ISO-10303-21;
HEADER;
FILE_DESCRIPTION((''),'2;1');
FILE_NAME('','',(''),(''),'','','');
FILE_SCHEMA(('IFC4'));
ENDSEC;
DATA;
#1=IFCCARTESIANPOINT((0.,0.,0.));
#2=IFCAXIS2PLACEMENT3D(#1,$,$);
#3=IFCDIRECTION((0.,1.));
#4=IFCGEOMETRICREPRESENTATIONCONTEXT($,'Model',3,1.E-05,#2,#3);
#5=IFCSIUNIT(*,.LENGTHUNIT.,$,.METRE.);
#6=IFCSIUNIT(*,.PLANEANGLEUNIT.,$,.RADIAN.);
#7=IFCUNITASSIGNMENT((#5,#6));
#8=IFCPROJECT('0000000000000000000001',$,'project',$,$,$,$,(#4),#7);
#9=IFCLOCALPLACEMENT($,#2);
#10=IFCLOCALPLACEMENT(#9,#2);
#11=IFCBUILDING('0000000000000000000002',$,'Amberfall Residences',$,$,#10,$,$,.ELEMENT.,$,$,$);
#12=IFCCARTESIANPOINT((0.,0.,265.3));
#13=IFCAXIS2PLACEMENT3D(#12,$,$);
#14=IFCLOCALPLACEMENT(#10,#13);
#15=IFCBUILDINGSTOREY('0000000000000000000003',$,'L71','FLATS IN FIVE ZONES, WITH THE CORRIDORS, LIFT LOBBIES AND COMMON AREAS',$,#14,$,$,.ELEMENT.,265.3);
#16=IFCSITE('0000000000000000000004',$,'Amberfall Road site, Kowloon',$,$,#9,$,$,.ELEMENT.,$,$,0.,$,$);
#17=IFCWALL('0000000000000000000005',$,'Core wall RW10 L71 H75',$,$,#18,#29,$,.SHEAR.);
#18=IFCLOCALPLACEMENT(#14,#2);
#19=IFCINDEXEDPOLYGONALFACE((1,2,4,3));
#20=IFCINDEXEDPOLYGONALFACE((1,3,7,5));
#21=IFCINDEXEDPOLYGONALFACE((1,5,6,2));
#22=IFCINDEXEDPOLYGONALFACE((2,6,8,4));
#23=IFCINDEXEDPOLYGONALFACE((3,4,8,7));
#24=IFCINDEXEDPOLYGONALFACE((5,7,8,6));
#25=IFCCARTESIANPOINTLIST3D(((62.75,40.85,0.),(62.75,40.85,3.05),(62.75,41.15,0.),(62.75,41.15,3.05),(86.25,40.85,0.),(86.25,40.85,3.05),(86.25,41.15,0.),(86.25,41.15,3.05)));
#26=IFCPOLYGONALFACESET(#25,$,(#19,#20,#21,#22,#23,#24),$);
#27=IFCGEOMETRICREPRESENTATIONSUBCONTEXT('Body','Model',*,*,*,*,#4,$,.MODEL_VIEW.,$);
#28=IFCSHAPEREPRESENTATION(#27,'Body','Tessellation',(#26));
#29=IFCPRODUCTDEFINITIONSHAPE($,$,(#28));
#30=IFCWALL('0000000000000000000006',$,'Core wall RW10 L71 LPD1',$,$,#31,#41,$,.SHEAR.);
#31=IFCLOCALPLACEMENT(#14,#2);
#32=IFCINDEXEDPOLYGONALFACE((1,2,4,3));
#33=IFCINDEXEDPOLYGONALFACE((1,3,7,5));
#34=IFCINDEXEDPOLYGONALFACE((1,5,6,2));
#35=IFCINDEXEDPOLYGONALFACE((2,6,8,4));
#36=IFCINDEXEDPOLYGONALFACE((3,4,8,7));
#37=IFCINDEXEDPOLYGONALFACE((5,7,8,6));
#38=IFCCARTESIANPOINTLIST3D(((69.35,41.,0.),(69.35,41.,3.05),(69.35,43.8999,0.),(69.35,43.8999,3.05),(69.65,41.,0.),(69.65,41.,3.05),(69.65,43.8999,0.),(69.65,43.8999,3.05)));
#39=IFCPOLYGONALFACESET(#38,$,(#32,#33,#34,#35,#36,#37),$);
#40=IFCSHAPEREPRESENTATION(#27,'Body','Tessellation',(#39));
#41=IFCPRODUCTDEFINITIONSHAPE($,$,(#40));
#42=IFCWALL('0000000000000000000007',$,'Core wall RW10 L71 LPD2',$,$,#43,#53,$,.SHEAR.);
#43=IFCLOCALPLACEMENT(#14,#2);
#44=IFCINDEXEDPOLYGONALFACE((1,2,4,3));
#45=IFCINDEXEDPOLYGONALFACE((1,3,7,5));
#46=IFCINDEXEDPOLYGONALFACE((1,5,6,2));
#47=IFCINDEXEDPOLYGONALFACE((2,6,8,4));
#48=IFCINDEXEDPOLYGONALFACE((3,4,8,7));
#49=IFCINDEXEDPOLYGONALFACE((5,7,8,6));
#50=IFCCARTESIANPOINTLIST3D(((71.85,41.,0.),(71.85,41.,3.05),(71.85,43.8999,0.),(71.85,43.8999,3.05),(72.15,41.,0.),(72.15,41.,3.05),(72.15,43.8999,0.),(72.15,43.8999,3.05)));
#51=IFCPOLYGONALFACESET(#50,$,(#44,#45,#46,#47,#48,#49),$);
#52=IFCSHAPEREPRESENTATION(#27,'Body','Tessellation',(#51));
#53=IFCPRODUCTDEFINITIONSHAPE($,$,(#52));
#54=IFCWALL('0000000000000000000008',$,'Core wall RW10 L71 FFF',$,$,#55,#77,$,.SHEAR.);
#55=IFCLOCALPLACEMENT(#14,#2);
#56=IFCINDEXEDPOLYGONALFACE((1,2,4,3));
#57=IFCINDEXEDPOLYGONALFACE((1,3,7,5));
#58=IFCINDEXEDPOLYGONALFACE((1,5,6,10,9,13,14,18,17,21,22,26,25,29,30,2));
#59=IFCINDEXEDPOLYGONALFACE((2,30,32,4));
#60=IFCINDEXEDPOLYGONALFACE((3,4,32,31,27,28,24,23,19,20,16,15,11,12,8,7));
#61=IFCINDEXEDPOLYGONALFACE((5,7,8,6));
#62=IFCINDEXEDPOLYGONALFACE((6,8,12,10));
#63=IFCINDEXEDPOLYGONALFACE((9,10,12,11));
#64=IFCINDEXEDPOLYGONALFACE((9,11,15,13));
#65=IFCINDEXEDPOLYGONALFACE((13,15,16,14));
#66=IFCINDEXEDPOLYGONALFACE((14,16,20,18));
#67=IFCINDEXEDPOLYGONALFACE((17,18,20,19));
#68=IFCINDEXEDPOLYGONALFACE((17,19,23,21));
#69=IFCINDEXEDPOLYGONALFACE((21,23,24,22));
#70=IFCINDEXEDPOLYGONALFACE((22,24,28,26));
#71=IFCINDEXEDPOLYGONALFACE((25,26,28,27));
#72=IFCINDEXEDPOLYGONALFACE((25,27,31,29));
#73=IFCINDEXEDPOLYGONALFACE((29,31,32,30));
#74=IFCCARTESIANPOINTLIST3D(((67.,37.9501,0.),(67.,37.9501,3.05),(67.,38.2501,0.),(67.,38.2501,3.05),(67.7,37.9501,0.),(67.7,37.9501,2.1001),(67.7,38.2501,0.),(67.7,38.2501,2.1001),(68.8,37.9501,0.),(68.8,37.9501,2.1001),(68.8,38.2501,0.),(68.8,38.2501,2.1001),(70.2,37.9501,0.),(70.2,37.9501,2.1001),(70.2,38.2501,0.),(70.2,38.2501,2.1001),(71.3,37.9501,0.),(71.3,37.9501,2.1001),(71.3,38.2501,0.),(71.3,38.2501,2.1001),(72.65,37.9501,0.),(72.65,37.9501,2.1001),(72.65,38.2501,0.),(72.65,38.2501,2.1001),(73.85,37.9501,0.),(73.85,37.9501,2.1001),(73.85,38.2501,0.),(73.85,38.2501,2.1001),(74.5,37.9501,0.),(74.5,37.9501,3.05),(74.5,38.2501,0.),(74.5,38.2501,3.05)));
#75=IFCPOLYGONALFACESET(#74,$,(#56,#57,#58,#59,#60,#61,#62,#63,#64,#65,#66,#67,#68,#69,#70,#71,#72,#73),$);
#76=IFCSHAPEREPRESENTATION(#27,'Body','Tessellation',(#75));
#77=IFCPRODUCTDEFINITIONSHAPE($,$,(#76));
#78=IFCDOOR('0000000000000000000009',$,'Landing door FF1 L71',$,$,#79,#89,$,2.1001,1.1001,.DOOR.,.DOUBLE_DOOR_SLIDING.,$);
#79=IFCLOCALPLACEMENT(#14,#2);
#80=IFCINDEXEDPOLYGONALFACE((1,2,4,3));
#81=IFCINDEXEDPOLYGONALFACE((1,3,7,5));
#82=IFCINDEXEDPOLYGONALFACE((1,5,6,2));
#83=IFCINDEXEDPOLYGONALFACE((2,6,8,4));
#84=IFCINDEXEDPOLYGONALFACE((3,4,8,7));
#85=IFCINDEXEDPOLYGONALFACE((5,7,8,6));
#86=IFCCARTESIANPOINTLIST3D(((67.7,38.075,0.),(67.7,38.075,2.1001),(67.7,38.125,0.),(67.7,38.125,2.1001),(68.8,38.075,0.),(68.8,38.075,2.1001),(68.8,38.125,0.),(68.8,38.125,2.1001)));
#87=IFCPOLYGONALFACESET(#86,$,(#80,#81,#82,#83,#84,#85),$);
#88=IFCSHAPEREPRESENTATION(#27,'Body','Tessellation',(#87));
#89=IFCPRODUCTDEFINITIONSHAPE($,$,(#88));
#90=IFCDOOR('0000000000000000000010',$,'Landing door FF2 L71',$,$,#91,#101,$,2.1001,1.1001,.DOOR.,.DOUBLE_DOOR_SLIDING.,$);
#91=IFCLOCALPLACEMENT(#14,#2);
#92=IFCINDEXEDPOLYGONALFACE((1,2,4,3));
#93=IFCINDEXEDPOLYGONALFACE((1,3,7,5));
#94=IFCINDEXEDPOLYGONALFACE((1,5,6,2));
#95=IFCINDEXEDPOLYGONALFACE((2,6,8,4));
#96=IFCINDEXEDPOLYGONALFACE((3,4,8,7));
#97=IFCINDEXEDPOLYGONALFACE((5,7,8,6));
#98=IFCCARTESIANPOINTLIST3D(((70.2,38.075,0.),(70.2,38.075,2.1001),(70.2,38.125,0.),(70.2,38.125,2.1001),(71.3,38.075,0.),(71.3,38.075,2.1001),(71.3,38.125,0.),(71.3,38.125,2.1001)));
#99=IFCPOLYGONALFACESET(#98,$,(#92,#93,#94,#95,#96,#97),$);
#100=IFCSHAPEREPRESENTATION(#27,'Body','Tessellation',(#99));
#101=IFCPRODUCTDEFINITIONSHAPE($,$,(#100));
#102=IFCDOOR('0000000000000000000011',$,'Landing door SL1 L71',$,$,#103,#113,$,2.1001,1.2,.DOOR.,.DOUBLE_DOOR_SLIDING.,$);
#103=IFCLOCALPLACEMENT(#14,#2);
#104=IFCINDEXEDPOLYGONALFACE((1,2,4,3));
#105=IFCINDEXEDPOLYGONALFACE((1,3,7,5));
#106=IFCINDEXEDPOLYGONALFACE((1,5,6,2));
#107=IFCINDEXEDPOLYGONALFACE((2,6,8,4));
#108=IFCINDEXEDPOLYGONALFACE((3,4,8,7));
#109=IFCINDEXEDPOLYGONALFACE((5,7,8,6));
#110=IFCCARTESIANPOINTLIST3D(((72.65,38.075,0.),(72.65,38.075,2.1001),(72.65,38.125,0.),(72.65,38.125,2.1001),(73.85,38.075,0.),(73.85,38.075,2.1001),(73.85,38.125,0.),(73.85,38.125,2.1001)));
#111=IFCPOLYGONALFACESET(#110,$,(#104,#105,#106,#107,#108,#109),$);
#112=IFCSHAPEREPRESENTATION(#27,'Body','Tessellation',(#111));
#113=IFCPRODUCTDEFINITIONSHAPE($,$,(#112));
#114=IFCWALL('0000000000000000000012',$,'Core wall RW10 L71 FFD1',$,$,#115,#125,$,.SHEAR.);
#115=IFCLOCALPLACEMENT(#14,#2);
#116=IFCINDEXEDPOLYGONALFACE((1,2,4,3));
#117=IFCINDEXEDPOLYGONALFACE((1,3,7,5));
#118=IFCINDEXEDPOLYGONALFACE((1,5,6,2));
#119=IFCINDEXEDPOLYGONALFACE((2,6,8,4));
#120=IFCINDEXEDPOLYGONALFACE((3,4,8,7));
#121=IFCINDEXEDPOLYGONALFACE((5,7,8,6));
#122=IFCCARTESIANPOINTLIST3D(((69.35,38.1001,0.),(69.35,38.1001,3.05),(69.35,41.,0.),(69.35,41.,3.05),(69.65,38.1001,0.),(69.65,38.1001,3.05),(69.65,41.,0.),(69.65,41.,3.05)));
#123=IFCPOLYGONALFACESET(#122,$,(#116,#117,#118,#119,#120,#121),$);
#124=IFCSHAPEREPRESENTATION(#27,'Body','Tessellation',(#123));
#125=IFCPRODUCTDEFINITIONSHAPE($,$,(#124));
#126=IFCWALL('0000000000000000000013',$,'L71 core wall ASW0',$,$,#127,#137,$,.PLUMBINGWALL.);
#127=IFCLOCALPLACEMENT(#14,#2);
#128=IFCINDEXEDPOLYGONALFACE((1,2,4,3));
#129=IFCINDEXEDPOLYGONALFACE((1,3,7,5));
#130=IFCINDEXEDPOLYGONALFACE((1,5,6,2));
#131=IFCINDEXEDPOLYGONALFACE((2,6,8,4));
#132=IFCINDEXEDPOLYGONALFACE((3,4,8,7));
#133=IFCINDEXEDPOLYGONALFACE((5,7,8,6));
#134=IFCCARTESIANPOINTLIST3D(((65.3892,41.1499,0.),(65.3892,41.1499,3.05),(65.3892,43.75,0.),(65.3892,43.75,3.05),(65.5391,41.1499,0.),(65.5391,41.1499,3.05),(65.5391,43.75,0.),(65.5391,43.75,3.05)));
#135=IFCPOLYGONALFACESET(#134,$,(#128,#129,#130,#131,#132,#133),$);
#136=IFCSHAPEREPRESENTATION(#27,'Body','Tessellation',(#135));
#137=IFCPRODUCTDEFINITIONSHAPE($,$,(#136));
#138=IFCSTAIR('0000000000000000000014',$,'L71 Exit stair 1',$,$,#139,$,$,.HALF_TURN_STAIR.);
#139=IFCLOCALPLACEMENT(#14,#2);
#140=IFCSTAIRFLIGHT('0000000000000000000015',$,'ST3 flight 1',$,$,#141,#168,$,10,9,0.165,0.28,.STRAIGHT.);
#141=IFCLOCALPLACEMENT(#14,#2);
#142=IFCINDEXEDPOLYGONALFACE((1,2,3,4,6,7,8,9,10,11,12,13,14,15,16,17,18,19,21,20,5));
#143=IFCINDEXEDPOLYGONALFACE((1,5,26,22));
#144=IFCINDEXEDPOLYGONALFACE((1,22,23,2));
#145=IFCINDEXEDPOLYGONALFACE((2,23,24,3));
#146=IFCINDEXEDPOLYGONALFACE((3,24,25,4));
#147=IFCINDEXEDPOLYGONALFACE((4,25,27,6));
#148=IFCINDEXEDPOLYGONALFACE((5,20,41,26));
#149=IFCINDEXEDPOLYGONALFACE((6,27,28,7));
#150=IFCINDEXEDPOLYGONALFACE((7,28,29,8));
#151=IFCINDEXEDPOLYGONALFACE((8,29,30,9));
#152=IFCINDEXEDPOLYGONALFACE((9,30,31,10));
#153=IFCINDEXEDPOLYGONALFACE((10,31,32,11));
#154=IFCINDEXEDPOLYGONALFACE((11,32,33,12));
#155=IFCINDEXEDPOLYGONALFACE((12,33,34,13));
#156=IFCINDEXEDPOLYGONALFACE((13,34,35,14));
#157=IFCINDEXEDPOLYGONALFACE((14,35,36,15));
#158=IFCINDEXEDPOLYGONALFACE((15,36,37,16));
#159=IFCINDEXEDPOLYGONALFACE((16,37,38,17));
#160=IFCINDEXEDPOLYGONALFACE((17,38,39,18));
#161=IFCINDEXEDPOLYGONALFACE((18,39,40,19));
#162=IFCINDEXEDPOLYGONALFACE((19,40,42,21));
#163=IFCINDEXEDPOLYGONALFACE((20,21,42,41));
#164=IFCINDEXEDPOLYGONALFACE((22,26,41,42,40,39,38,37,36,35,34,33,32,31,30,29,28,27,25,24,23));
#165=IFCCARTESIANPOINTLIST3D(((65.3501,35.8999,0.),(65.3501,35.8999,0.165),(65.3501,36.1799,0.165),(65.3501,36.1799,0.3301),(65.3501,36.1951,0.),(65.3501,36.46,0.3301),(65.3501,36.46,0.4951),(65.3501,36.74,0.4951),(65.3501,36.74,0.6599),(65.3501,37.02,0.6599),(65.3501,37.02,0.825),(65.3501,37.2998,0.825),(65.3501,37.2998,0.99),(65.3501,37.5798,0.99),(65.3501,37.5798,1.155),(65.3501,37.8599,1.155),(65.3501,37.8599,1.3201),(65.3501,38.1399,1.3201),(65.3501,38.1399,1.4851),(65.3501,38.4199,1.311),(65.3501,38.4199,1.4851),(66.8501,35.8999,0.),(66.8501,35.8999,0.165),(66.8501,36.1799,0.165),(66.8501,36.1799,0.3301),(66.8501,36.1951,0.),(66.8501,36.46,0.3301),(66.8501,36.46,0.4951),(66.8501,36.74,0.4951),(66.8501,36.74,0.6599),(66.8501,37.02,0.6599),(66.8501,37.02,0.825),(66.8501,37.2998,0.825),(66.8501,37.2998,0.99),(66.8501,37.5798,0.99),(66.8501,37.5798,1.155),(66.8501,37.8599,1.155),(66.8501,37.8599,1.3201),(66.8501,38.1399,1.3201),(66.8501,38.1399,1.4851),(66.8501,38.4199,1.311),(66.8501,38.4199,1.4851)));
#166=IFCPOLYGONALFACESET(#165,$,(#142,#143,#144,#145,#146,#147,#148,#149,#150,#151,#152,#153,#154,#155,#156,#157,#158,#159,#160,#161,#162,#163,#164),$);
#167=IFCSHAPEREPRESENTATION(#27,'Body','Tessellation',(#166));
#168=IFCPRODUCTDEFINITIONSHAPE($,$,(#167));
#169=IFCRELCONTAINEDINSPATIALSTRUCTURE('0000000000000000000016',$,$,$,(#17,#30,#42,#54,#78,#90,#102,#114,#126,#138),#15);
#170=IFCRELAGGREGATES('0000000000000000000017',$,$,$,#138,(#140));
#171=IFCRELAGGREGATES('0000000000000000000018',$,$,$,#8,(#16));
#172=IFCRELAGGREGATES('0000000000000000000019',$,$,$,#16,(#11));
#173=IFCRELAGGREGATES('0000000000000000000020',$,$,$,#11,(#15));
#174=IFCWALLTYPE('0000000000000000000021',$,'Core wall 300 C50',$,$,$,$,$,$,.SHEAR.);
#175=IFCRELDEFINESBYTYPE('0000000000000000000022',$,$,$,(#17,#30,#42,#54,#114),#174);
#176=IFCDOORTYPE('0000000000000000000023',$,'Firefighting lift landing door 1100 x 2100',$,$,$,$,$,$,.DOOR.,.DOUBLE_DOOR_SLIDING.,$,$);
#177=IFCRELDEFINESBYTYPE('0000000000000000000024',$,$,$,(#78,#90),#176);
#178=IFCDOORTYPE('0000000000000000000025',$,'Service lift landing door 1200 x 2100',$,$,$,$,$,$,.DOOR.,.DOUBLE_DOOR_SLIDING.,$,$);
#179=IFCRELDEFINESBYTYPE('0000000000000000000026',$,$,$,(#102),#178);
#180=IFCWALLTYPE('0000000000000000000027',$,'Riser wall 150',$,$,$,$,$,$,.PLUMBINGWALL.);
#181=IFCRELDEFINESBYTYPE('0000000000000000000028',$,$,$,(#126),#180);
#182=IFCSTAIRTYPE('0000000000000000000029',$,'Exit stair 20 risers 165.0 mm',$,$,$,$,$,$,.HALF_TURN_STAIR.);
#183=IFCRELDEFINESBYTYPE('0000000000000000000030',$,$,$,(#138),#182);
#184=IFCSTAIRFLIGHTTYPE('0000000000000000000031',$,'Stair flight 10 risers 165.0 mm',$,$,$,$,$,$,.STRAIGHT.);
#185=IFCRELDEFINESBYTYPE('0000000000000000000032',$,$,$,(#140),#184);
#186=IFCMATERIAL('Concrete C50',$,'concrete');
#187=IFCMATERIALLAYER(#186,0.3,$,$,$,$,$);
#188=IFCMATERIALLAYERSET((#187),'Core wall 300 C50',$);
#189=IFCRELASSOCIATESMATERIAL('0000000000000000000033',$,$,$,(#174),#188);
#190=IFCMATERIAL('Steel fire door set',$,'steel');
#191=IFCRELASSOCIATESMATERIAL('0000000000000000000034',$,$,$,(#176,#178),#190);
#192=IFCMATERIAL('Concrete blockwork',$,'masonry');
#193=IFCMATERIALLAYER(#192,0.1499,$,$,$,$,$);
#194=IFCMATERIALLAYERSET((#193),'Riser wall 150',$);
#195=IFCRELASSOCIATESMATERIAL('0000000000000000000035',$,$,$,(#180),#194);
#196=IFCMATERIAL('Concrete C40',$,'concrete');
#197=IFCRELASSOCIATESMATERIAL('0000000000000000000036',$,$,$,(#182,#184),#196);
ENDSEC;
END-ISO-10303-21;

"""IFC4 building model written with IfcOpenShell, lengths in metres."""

from ifc_helpers import new_model, si_unit, direction, frame, frame_2d, origin, place, context, subcontext, project, spatial, polyline, rectangle, outline, extrude, material, layer, layer_set, type_object, element, fill, aggregate, save


model = new_model("IFC4")

# Units and contexts
model_context = context("Model", 3, precision=1e-05, world=origin(), true_north=direction((0.0, 1.0)))
body_context = subcontext(model_context, "Body", "Model", "MODEL_VIEW")
ifc_project = project(units=[si_unit("LENGTHUNIT", "METRE"), si_unit("PLANEANGLEUNIT", "RADIAN")], contexts=[model_context])

# Site, building, storey
site_placement = place(None, origin())
site = spatial("IfcSite", under=ifc_project, at=site_placement, Name="Amberfall Road site, Kowloon", CompositionType="ELEMENT", RefElevation=0.0)
building_placement = place(site_placement, origin())
building = spatial("IfcBuilding", under=site, at=building_placement, Name="Amberfall Residences", CompositionType="ELEMENT")
storey_placement = place(building_placement, frame((0.0, 0.0, 265.3)))
storey = spatial("IfcBuildingStorey", under=building, at=storey_placement, Name="L71", Description="FLATS IN FIVE ZONES, WITH THE CORRIDORS, LIFT LOBBIES AND COMMON AREAS", CompositionType="ELEMENT", Elevation=265.3)

# Walls
ifc_material_1 = material(Name="Concrete C50", Category="concrete")
ifc_layer_1 = layer(ifc_material_1, 0.3)
ifc_layer_set_1 = layer_set([ifc_layer_1], Name="Core wall 300 C50")
wall_type_1 = type_object("IfcWallType", Name="Core wall 300 C50", PredefinedType="SHEAR", material=ifc_layer_set_1)
wall_1_placement = place(storey_placement, frame((62.75, 41.0, 0.0), z_axis=(0.0, 0.0, 1.0), x_axis=(1.0, 0.0, 0.0)))
element("IfcWall", 1, at=wall_1_placement, inside=storey, type_object=wall_type_1, Name="Core wall RW10 L71 H75", PredefinedType="SHEAR", context=body_context, shape_type="SweptSolid", body=[
    extrude(rectangle(XDim=23.5, YDim=0.3, at=frame_2d((11.75, 0.0))), origin(), (0.0, 0.0, 1.0), 3.05),
])
for number, where, z_axis, x_axis, name in (
    (2, (69.5, 41.0, 0.0), (0.0, 0.0, 1.0), (0.0, 1.0, 0.0), "Core wall RW10 L71 LPD1"),
    (3, (72.0, 41.0, 0.0), (0.0, 0.0, 1.0), (0.0, 1.0, 0.0), "Core wall RW10 L71 LPD2"),
):
    element("IfcWall", number, at=place(storey_placement, frame(where, z_axis=z_axis, x_axis=x_axis)), inside=storey, type_object=wall_type_1, Name=name, PredefinedType="SHEAR", context=body_context, shape_type="SweptSolid", body=[
        extrude(rectangle(XDim=2.8999, YDim=0.3, at=frame_2d((1.45, 0.0))), origin(), (0.0, 0.0, 1.0), 3.05),
    ])

# Wall, openings, doors
wall_2_placement = place(storey_placement, frame((67.0, 38.1001, 0.0), z_axis=(0.0, 0.0, 1.0), x_axis=(1.0, 0.0, 0.0)))
wall_2 = element("IfcWall", 4, at=wall_2_placement, inside=storey, type_object=wall_type_1, Name="Core wall RW10 L71 FFF", PredefinedType="SHEAR", context=body_context, shape_type="SweptSolid", body=[
    extrude(rectangle(XDim=7.5, YDim=0.3, at=frame_2d((3.75, 0.0))), origin(), (0.0, 0.0, 1.0), 3.05),
])
opening_1_placement = place(wall_2_placement, frame((0.7, 0.0, 0.0)))
opening_1 = element("IfcOpeningElement", 5, at=opening_1_placement, cuts=wall_2, PredefinedType="OPENING", context=body_context, shape_type="SweptSolid", body=[
    extrude(rectangle(XDim=1.1001, YDim=2.1001, at=frame_2d((0.55, 1.05))), frame((0.0, 0.1599, 0.0), z_axis=(0.0, -1.0, 0.0), x_axis=(1.0, 0.0, 0.0)), (0.0, 0.0, 1.0), 0.3201),
])
opening_2_placement = place(wall_2_placement, frame((3.2, 0.0, 0.0)))
opening_2 = element("IfcOpeningElement", 6, at=opening_2_placement, cuts=wall_2, PredefinedType="OPENING", context=body_context, shape_type="SweptSolid", body=[
    extrude(rectangle(XDim=1.1001, YDim=2.1001, at=frame_2d((0.55, 1.05))), frame((0.0, 0.1599, 0.0), z_axis=(0.0, -1.0, 0.0), x_axis=(1.0, 0.0, 0.0)), (0.0, 0.0, 1.0), 0.3201),
])
opening_3_placement = place(wall_2_placement, frame((5.6499, 0.0, 0.0)))
opening_3 = element("IfcOpeningElement", 7, at=opening_3_placement, cuts=wall_2, PredefinedType="OPENING", context=body_context, shape_type="SweptSolid", body=[
    extrude(rectangle(XDim=1.2, YDim=2.1001, at=frame_2d((0.6001, 1.05))), frame((0.0, 0.1599, 0.0), z_axis=(0.0, -1.0, 0.0), x_axis=(1.0, 0.0, 0.0)), (0.0, 0.0, 1.0), 0.3201),
])
ifc_material_2 = material(Name="Steel fire door set", Category="steel")
door_type_1 = type_object("IfcDoorType", Name="Firefighting lift landing door 1100 x 2100", OperationType="DOUBLE_DOOR_SLIDING", PredefinedType="DOOR", material=ifc_material_2)
door_1_placement = place(opening_1_placement, origin())
door_1 = element("IfcDoor", 8, at=door_1_placement, inside=storey, type_object=door_type_1, Name="Landing door FF1 L71", OperationType="DOUBLE_DOOR_SLIDING", OverallHeight=2.1001, OverallWidth=1.1001, PredefinedType="DOOR", context=body_context, shape_type="SweptSolid", body=[
    extrude(rectangle(XDim=1.1001, YDim=2.1001, at=frame_2d((0.55, 1.05))), frame((0.0, 0.0249, 0.0), z_axis=(0.0, -1.0, 0.0), x_axis=(1.0, 0.0, 0.0)), (0.0, 0.0, 1.0), 0.05),
])
fill(opening_1, door_1)
door_2_placement = place(opening_2_placement, origin())
door_2 = element("IfcDoor", 9, at=door_2_placement, inside=storey, type_object=door_type_1, Name="Landing door FF2 L71", OperationType="DOUBLE_DOOR_SLIDING", OverallHeight=2.1001, OverallWidth=1.1001, PredefinedType="DOOR", context=body_context, shape_type="SweptSolid", body=[
    extrude(rectangle(XDim=1.1001, YDim=2.1001, at=frame_2d((0.55, 1.05))), frame((0.0, 0.0249, 0.0), z_axis=(0.0, -1.0, 0.0), x_axis=(1.0, 0.0, 0.0)), (0.0, 0.0, 1.0), 0.05),
])
fill(opening_2, door_2)
door_type_2 = type_object("IfcDoorType", Name="Service lift landing door 1200 x 2100", OperationType="DOUBLE_DOOR_SLIDING", PredefinedType="DOOR", material=ifc_material_2)
door_3_placement = place(opening_3_placement, origin())
door_3 = element("IfcDoor", 10, at=door_3_placement, inside=storey, type_object=door_type_2, Name="Landing door SL1 L71", OperationType="DOUBLE_DOOR_SLIDING", OverallHeight=2.1001, OverallWidth=1.2, PredefinedType="DOOR", context=body_context, shape_type="SweptSolid", body=[
    extrude(rectangle(XDim=1.2, YDim=2.1001, at=frame_2d((0.6001, 1.05))), frame((0.0, 0.0249, 0.0), z_axis=(0.0, -1.0, 0.0), x_axis=(1.0, 0.0, 0.0)), (0.0, 0.0, 1.0), 0.05),
])
fill(opening_3, door_3)

# Walls
wall_3_placement = place(storey_placement, frame((69.5, 38.1001, 0.0), z_axis=(0.0, 0.0, 1.0), x_axis=(0.0, 1.0, 0.0)))
element("IfcWall", 11, at=wall_3_placement, inside=storey, type_object=wall_type_1, Name="Core wall RW10 L71 FFD1", PredefinedType="SHEAR", context=body_context, shape_type="SweptSolid", body=[
    extrude(rectangle(XDim=2.8999, YDim=0.3, at=frame_2d((1.45, 0.0))), origin(), (0.0, 0.0, 1.0), 3.05),
])
ifc_material_3 = material(Name="Concrete blockwork", Category="masonry")
ifc_layer_2 = layer(ifc_material_3, 0.1499)
ifc_layer_set_2 = layer_set([ifc_layer_2], Name="Riser wall 150")
wall_type_2 = type_object("IfcWallType", Name="Riser wall 150", PredefinedType="PLUMBINGWALL", material=ifc_layer_set_2)
wall_4_placement = place(storey_placement, frame((65.4641, 41.1499, 0.0), z_axis=(0.0, 0.0, 1.0), x_axis=(0.0, 1.0, 0.0)))
element("IfcWall", 12, at=wall_4_placement, inside=storey, type_object=wall_type_2, Name="L71 core wall ASW0", PredefinedType="PLUMBINGWALL", context=body_context, shape_type="SweptSolid", body=[
    extrude(rectangle(XDim=2.6001, YDim=0.1499, at=frame_2d((1.3, 0.0))), origin(), (0.0, 0.0, 1.0), 3.05),
])

# Stair, stair flight
ifc_material_4 = material(Name="Concrete C40", Category="concrete")
stair_type = type_object("IfcStairType", Name="Exit stair 20 risers 165.0 mm", PredefinedType="HALF_TURN_STAIR", material=ifc_material_4)
stair_placement = place(storey_placement, origin())
stair = element("IfcStair", 13, at=stair_placement, inside=storey, type_object=stair_type, Name="L71 Exit stair 1", PredefinedType="HALF_TURN_STAIR")
stair_flight_type = type_object("IfcStairFlightType", Name="Stair flight 10 risers 165.0 mm", PredefinedType="STRAIGHT", material=ifc_material_4)
stair_flight_1_placement = place(storey_placement, frame((66.1001, 35.8999, 0.0), z_axis=(0.0, 0.0, 1.0), x_axis=(0.0, 1.0, 0.0)))
stair_flight_1 = element("IfcStairFlight", 14, at=stair_flight_1_placement, type_object=stair_flight_type, Name="ST3 flight 1", NumberOfRisers=10, NumberOfTreads=9, PredefinedType="STRAIGHT", RiserHeight=0.165, TreadLength=0.28, context=body_context, shape_type="SweptSolid", body=[
    extrude(outline(polyline([(0.0, 0.0), (0.0, 0.165), (0.28, 0.165), (0.28, 0.3301), (0.5601, 0.3301), (0.5601, 0.4951), (0.8401, 0.4951), (0.8401, 0.6599), (1.1201, 0.6599), (1.1201, 0.825), (1.3999, 0.825), (1.3999, 0.99), (1.6799, 0.99), (1.6799, 1.155), (1.96, 1.155), (1.96, 1.3201), (2.24, 1.3201), (2.24, 1.4851), (2.52, 1.4851), (2.52, 1.6499), (2.52, 1.311), (0.2952, 0.0), (0.0, 0.0)])), frame((0.0, 0.75, 0.0), z_axis=(0.0, -1.0, 0.0), x_axis=(1.0, 0.0, 0.0)), (0.0, 0.0, 1.0), 1.5),
])
aggregate(stair, [stair_flight_1])

save(model, "model.ifc")
